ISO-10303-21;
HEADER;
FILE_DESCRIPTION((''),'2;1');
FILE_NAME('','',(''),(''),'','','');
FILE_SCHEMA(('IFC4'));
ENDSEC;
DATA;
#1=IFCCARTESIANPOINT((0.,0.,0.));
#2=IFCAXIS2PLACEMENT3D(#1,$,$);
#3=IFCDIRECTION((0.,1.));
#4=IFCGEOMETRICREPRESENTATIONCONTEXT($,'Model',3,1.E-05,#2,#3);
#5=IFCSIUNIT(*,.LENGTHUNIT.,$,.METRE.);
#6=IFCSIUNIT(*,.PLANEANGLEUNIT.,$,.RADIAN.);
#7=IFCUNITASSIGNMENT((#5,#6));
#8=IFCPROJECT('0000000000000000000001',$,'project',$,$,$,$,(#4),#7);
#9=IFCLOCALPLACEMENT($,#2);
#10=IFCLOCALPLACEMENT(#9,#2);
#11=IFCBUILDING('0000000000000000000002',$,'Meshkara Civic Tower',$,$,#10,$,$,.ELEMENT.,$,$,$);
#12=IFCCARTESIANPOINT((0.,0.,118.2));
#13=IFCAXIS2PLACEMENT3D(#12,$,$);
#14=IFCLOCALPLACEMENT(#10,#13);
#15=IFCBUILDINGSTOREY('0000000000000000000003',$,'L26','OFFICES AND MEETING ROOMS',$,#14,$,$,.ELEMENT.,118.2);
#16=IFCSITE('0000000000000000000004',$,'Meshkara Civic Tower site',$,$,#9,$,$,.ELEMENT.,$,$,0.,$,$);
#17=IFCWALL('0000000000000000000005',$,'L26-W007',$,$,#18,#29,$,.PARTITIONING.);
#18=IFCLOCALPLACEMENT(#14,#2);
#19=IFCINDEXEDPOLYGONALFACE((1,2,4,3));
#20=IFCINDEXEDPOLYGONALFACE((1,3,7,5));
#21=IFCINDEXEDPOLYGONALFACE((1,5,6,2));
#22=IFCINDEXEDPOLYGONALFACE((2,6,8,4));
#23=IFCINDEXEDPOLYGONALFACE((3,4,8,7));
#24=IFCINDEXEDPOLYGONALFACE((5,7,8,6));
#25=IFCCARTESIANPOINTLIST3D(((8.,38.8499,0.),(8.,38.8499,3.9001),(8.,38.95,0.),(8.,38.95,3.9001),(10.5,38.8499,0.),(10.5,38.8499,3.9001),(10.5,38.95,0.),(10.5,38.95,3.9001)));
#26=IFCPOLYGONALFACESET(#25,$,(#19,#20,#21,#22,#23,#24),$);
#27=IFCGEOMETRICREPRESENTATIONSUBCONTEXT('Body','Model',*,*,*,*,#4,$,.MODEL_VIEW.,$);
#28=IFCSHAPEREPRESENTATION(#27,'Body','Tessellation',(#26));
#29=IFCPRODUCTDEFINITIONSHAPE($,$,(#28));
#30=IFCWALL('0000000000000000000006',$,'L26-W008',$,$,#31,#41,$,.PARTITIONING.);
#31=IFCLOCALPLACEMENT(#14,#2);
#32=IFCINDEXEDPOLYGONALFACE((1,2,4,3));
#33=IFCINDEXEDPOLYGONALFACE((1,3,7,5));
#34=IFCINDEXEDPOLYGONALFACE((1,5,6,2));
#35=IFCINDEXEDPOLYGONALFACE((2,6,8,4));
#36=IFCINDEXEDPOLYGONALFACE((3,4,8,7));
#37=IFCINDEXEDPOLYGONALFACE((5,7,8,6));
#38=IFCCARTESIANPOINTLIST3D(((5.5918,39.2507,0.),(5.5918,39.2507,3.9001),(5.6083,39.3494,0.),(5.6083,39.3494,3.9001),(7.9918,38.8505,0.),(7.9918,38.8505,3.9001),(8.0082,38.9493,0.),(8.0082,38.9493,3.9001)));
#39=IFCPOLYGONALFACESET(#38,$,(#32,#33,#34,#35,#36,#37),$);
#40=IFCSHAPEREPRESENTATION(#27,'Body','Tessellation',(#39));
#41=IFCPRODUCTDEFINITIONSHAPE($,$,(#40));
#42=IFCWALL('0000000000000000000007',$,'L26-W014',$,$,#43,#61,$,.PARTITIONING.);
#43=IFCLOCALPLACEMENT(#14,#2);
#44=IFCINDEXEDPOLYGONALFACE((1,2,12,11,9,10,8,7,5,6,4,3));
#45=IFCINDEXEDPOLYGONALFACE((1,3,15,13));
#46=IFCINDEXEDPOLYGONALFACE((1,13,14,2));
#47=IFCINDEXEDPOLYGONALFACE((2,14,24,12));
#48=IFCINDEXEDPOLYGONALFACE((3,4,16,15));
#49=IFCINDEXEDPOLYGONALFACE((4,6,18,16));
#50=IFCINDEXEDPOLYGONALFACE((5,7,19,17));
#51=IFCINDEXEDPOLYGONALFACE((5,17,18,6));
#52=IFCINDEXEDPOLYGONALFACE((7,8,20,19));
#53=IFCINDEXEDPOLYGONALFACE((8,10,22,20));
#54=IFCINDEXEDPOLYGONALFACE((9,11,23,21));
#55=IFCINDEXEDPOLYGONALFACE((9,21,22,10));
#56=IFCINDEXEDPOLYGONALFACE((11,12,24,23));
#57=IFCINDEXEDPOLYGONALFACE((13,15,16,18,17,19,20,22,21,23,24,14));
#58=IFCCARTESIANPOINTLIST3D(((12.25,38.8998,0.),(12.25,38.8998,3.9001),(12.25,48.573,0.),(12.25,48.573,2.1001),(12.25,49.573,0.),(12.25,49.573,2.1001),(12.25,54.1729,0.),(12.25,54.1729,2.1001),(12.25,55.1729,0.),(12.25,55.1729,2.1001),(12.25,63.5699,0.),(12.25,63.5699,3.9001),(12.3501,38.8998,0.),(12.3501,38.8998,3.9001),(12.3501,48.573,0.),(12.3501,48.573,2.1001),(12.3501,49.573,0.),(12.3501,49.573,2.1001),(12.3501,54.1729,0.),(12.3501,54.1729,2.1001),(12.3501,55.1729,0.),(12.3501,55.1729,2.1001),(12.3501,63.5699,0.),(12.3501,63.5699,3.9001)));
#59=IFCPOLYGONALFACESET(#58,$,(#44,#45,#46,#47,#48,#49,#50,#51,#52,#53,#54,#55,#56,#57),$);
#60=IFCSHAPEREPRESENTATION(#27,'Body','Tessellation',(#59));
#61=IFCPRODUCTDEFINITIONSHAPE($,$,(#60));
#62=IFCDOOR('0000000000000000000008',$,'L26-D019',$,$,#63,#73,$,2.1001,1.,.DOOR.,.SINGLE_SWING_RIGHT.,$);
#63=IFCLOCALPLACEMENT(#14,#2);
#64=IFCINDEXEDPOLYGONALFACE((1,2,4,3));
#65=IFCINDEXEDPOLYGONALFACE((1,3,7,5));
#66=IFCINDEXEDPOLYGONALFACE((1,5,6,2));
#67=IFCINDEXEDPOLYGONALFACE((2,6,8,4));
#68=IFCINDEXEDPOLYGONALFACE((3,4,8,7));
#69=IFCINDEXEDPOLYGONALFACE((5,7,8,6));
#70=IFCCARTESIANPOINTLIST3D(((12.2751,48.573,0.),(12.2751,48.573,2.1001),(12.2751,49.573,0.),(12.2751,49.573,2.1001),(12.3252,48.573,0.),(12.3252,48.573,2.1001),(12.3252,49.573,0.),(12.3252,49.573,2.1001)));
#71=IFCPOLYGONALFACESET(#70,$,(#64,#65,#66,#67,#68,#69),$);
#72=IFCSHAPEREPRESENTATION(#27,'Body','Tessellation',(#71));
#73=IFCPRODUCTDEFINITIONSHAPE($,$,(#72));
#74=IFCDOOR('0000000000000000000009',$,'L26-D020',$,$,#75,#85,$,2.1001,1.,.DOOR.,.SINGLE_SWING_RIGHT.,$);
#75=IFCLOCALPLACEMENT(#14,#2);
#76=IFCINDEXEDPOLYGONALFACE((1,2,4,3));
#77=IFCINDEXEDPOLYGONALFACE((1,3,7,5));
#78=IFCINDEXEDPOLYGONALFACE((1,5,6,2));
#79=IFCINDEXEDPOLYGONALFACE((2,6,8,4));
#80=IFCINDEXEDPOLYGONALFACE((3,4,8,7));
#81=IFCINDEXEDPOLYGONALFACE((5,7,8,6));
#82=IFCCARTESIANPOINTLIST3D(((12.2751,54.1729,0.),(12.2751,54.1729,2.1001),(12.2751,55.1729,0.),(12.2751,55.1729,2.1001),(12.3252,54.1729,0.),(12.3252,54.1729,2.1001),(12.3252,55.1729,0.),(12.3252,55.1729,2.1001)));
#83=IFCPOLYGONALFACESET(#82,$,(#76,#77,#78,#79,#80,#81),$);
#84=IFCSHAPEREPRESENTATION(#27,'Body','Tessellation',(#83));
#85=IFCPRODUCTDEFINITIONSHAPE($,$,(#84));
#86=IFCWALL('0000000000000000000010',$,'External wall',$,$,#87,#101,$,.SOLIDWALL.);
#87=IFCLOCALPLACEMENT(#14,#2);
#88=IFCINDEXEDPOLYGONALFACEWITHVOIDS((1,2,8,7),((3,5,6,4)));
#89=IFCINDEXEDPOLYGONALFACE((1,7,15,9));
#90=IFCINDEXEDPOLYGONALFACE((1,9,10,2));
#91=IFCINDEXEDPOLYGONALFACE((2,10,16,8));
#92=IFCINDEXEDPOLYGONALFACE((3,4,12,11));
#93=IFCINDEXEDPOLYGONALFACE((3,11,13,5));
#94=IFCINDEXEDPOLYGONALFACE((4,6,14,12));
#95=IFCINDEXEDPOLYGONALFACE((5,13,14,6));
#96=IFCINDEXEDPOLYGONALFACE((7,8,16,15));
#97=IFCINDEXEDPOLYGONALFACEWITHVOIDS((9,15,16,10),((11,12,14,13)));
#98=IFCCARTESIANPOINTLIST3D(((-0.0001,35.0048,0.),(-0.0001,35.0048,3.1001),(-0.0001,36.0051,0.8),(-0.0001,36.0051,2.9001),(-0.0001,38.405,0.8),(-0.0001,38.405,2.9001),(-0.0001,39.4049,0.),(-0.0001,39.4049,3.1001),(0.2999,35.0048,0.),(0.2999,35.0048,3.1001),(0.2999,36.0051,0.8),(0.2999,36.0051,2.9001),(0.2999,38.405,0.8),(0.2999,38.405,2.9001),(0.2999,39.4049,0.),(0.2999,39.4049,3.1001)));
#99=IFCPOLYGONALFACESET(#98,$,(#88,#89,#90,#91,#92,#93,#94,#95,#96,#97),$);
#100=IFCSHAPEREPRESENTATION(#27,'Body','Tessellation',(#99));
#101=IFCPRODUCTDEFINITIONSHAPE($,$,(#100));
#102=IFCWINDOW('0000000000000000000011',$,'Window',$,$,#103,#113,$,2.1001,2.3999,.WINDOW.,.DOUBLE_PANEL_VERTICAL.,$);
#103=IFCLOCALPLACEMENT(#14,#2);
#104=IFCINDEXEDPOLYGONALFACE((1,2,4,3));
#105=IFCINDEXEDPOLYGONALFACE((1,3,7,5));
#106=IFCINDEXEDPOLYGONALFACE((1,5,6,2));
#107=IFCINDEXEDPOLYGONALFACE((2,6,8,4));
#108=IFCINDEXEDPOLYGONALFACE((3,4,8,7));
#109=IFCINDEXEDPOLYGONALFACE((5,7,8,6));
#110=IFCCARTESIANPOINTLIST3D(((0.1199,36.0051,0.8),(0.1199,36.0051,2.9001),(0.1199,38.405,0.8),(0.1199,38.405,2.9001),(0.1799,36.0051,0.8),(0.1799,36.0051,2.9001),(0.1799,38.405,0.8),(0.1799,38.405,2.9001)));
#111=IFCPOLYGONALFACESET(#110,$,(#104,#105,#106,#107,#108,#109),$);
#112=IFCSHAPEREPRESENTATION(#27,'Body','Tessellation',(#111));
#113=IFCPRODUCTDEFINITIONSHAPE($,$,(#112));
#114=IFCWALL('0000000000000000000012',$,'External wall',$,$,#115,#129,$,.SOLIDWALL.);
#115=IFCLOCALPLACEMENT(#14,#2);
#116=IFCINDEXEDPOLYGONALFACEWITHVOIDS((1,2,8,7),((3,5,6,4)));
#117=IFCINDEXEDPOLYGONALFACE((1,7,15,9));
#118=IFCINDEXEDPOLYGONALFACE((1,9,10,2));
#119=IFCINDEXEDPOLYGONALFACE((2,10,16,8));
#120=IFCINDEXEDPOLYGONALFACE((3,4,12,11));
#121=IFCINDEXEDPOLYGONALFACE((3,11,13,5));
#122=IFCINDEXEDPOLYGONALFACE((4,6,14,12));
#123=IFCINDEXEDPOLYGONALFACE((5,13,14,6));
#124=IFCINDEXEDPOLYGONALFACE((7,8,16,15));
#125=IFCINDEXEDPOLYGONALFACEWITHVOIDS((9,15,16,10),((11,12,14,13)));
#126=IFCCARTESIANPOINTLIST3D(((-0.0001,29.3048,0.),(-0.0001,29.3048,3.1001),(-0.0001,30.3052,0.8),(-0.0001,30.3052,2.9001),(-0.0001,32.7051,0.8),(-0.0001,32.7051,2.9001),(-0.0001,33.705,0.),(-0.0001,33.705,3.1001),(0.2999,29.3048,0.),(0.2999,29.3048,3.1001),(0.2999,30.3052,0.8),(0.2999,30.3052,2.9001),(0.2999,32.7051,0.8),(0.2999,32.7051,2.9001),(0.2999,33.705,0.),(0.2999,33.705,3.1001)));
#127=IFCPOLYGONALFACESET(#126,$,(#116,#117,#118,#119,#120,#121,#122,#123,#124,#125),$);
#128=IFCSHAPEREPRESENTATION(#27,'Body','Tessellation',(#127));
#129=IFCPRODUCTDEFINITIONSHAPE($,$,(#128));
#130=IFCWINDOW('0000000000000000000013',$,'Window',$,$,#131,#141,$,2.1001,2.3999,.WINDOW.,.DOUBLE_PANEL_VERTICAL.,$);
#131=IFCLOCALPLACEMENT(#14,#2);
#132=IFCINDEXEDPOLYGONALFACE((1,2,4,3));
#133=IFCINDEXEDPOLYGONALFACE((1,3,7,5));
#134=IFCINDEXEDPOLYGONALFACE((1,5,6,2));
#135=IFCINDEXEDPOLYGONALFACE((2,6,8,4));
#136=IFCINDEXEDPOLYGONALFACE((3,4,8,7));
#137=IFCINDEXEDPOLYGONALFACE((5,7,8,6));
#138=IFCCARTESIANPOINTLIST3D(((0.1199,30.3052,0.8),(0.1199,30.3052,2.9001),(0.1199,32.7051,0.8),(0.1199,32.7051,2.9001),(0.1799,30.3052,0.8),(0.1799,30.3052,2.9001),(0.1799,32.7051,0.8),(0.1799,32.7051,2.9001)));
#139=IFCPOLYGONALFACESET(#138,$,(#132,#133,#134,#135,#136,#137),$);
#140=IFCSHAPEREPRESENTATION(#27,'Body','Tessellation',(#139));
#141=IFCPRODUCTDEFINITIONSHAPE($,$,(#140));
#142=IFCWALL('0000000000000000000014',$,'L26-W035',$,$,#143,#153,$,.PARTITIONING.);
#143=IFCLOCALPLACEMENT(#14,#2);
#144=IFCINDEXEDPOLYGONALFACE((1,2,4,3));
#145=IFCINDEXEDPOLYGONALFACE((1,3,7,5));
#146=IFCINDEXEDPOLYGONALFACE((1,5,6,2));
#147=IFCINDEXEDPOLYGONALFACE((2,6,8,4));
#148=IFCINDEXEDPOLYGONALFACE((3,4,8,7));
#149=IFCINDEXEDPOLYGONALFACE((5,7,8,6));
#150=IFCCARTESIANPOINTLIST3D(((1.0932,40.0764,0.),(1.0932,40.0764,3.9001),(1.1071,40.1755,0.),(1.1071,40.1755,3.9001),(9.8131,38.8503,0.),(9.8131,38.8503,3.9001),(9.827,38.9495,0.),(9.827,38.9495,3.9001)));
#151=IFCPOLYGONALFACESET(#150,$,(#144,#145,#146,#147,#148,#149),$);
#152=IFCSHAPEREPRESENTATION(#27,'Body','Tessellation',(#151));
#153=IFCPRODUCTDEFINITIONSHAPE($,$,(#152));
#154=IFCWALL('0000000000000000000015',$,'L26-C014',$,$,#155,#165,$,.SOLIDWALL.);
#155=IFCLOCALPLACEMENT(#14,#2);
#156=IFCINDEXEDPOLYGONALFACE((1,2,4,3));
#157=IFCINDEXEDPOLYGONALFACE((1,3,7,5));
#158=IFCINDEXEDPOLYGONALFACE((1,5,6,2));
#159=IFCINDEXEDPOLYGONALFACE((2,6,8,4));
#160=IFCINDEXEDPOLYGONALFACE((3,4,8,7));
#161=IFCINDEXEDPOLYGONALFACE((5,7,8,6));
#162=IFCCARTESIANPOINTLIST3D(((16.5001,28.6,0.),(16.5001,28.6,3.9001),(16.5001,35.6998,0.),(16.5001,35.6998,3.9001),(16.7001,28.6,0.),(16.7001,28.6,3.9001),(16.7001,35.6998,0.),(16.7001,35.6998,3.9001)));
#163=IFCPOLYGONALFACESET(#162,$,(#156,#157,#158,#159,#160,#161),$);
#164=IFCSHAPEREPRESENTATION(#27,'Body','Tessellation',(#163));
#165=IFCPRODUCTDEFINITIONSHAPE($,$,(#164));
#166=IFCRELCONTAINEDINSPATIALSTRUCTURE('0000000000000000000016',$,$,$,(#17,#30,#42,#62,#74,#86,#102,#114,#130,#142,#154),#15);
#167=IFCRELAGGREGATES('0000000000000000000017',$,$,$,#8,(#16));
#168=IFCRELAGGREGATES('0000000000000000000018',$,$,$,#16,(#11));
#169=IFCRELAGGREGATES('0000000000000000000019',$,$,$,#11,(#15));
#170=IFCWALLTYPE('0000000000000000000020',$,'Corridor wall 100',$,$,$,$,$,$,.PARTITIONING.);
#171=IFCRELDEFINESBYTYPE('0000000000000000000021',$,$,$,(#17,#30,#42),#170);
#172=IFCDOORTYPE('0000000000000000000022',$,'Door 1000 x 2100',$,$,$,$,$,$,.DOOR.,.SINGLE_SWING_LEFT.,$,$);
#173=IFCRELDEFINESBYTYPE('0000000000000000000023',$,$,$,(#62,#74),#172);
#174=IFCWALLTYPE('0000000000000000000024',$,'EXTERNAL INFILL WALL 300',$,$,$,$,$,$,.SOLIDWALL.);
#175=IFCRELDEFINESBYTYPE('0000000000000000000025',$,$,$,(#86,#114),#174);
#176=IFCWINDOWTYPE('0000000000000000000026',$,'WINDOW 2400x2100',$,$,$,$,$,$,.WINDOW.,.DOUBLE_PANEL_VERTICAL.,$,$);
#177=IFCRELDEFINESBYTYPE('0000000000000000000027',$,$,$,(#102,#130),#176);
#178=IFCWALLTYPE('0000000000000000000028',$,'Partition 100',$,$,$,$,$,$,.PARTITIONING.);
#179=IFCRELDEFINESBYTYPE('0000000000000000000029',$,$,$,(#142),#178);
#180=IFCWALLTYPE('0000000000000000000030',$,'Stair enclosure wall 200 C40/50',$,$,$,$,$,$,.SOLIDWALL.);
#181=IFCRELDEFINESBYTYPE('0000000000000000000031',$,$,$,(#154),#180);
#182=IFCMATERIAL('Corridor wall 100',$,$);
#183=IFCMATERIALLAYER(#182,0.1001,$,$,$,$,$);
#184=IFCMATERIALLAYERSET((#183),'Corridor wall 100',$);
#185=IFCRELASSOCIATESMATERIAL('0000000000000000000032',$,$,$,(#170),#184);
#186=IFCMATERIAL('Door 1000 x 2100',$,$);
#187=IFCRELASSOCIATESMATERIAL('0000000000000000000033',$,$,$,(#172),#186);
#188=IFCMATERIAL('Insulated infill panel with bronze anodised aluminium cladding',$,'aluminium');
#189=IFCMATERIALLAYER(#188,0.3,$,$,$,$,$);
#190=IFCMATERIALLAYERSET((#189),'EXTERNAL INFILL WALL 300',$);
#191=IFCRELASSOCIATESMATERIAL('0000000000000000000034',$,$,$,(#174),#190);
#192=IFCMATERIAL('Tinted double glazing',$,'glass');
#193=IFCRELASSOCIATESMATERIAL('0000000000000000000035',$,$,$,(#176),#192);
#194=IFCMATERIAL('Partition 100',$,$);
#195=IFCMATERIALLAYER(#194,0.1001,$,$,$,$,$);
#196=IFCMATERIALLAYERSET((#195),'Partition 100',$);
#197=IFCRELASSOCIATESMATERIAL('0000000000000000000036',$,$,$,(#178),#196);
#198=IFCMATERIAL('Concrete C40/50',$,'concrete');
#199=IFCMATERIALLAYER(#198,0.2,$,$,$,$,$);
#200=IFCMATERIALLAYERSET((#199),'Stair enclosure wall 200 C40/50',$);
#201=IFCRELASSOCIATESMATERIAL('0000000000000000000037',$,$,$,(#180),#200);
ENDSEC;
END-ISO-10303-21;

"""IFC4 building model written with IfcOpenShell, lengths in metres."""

from ifc_helpers import new_model, si_unit, direction, frame, frame_2d, origin, place, context, subcontext, project, spatial, rectangle, extrude, material, layer, layer_set, type_object, element, fill, save


model = new_model("IFC4")

# Units and contexts
model_context = context("Model", 3, precision=1e-05, world=origin(), true_north=direction((0.0, 1.0)))
body_context = subcontext(model_context, "Body", "Model", "MODEL_VIEW")
ifc_project = project(units=[si_unit("LENGTHUNIT", "METRE"), si_unit("PLANEANGLEUNIT", "RADIAN")], contexts=[model_context])

# Site, building, storey
site_placement = place(None, origin())
site = spatial("IfcSite", under=ifc_project, at=site_placement, Name="Meshkara Civic Tower site", CompositionType="ELEMENT", RefElevation=0.0)
building_placement = place(site_placement, origin())
building = spatial("IfcBuilding", under=site, at=building_placement, Name="Meshkara Civic Tower", CompositionType="ELEMENT")
storey_placement = place(building_placement, frame((0.0, 0.0, 118.2)))
storey = spatial("IfcBuildingStorey", under=building, at=storey_placement, Name="L26", Description="OFFICES AND MEETING ROOMS", CompositionType="ELEMENT", Elevation=118.2)

# Shared definitions
ifc_material_1 = material(Name="Corridor wall 100")
ifc_layer_1 = layer(ifc_material_1, 0.1001)
ifc_layer_set_1 = layer_set([ifc_layer_1], Name="Corridor wall 100")
wall_type_1 = type_object("IfcWallType", Name="Corridor wall 100", PredefinedType="PARTITIONING", material=ifc_layer_set_1)
ifc_material_2 = material(Name="Door 1000 x 2100")
door_type_1 = type_object("IfcDoorType", Name="Door 1000 x 2100", OperationType="SINGLE_SWING_LEFT", PredefinedType="DOOR", material=ifc_material_2)

# Walls
wall_1_placement = place(storey_placement, frame((8.0, 38.8999, 0.0), z_axis=(0.0, 0.0, 1.0), x_axis=(1.0, 0.0, 0.0)))
element("IfcWall", 1, at=wall_1_placement, inside=storey, type_object=wall_type_1, Name="L26-W007", PredefinedType="PARTITIONING", context=body_context, shape_type="SweptSolid", body=[
    extrude(rectangle(XDim=2.5, YDim=0.1001, at=frame_2d((1.25, 0.0))), origin(), (0.0, 0.0, 1.0), 3.9001),
])
wall_2_placement = place(storey_placement, frame((8.0, 38.8999, 0.0), z_axis=(0.0, 0.0, 1.0), x_axis=(-0.986383, 0.164464, 0.0)))
element("IfcWall", 2, at=wall_2_placement, inside=storey, type_object=wall_type_1, Name="L26-W008", PredefinedType="PARTITIONING", context=body_context, shape_type="SweptSolid", body=[
    extrude(rectangle(XDim=2.4331, YDim=0.1001, at=frame_2d((1.2166, 0.0))), origin(), (0.0, 0.0, 1.0), 3.9001),
])

# Wall, openings, doors
wall_3_placement = place(storey_placement, frame((12.3, 38.8999, 0.0), z_axis=(0.0, 0.0, 1.0), x_axis=(0.0, 1.0, 0.0)))
wall_3 = element("IfcWall", 3, at=wall_3_placement, inside=storey, type_object=wall_type_1, Name="L26-W014", PredefinedType="PARTITIONING", context=body_context, shape_type="SweptSolid", body=[
    extrude(rectangle(XDim=24.6702, YDim=0.1001, at=frame_2d((12.335, 0.0))), origin(), (0.0, 0.0, 1.0), 3.9001),
])
opening_1_placement = place(wall_3_placement, frame((9.6731, 0.0, 0.0)))
opening_1 = element("IfcOpeningElement", 4, at=opening_1_placement, cuts=wall_3, PredefinedType="OPENING", context=body_context, shape_type="SweptSolid", body=[
    extrude(rectangle(XDim=1.0, YDim=2.1001, at=frame_2d((0.5, 1.05))), frame((0.0, 0.0601, 0.0), z_axis=(0.0, -1.0, 0.0), x_axis=(1.0, 0.0, 0.0)), (0.0, 0.0, 1.0), 0.1201),
])
opening_2_placement = place(wall_3_placement, frame((15.2729, 0.0, 0.0)))
opening_2 = element("IfcOpeningElement", 5, at=opening_2_placement, cuts=wall_3, PredefinedType="OPENING", context=body_context, shape_type="SweptSolid", body=[
    extrude(rectangle(XDim=1.0, YDim=2.1001, at=frame_2d((0.5, 1.05))), frame((0.0, 0.0601, 0.0), z_axis=(0.0, -1.0, 0.0), x_axis=(1.0, 0.0, 0.0)), (0.0, 0.0, 1.0), 0.1201),
])
door_1_placement = place(opening_1_placement, origin())
door_1 = element("IfcDoor", 6, at=door_1_placement, inside=storey, type_object=door_type_1, Name="L26-D019", OperationType="SINGLE_SWING_RIGHT", OverallHeight=2.1001, OverallWidth=1.0, PredefinedType="DOOR", context=body_context, shape_type="SweptSolid", body=[
    extrude(rectangle(XDim=1.0, YDim=2.1001, at=frame_2d((0.5, 1.05))), frame((0.0, 0.0249, 0.0), z_axis=(0.0, -1.0, 0.0), x_axis=(1.0, 0.0, 0.0)), (0.0, 0.0, 1.0), 0.05),
])
fill(opening_1, door_1)
door_2_placement = place(opening_2_placement, origin())
door_2 = element("IfcDoor", 7, at=door_2_placement, inside=storey, type_object=door_type_1, Name="L26-D020", OperationType="SINGLE_SWING_RIGHT", OverallHeight=2.1001, OverallWidth=1.0, PredefinedType="DOOR", context=body_context, shape_type="SweptSolid", body=[
    extrude(rectangle(XDim=1.0, YDim=2.1001, at=frame_2d((0.5, 1.05))), frame((0.0, 0.0249, 0.0), z_axis=(0.0, -1.0, 0.0), x_axis=(1.0, 0.0, 0.0)), (0.0, 0.0, 1.0), 0.05),
])
fill(opening_2, door_2)

# Walls, openings, windows
ifc_material_3 = material(Name="Insulated infill panel with bronze anodised aluminium cladding", Category="aluminium")
ifc_layer_2 = layer(ifc_material_3, 0.3)
ifc_layer_set_2 = layer_set([ifc_layer_2], Name="EXTERNAL INFILL WALL 300")
wall_type_2 = type_object("IfcWallType", Name="EXTERNAL INFILL WALL 300", PredefinedType="SOLIDWALL", material=ifc_layer_set_2)
wall_4_placement = place(storey_placement, frame((0.1499, 39.405, 0.0), z_axis=(0.0, 0.0, 1.0), x_axis=(0.0, -1.0, 0.0)))
wall_4 = element("IfcWall", 8, at=wall_4_placement, inside=storey, type_object=wall_type_2, Name="External wall", PredefinedType="SOLIDWALL", context=body_context, shape_type="SweptSolid", body=[
    extrude(rectangle(XDim=4.4001, YDim=0.3, at=frame_2d((2.2002, 0.0))), origin(), (0.0, 0.0, 1.0), 3.1001),
])
opening_3_placement = place(wall_4_placement, frame((1.0, 0.0, 0.8)))
opening_3 = element("IfcOpeningElement", 9, at=opening_3_placement, cuts=wall_4, PredefinedType="OPENING", context=body_context, shape_type="SweptSolid", body=[
    extrude(rectangle(XDim=2.3999, YDim=2.1001, at=frame_2d((1.2, 1.05))), frame((0.0, 0.1599, 0.0), z_axis=(0.0, -1.0, 0.0), x_axis=(1.0, 0.0, 0.0)), (0.0, 0.0, 1.0), 0.3201),
])
ifc_material_4 = material(Name="Tinted double glazing", Category="glass")
window_type = type_object("IfcWindowType", Name="WINDOW 2400x2100", PartitioningType="DOUBLE_PANEL_VERTICAL", PredefinedType="WINDOW", material=ifc_material_4)
window_1_placement = place(opening_3_placement, origin())
window_1 = element("IfcWindow", 10, at=window_1_placement, inside=storey, type_object=window_type, Name="Window", OverallHeight=2.1001, OverallWidth=2.3999, PartitioningType="DOUBLE_PANEL_VERTICAL", PredefinedType="WINDOW", context=body_context, shape_type="SweptSolid", body=[
    extrude(rectangle(XDim=2.3999, YDim=2.1001, at=frame_2d((1.2, 1.05))), frame((0.0, 0.03, 0.0), z_axis=(0.0, -1.0, 0.0), x_axis=(1.0, 0.0, 0.0)), (0.0, 0.0, 1.0), 0.0601),
])
fill(opening_3, window_1)
wall_5_placement = place(storey_placement, frame((0.1499, 33.7051, 0.0), z_axis=(0.0, 0.0, 1.0), x_axis=(0.0, -1.0, 0.0)))
wall_5 = element("IfcWall", 11, at=wall_5_placement, inside=storey, type_object=wall_type_2, Name="External wall", PredefinedType="SOLIDWALL", context=body_context, shape_type="SweptSolid", body=[
    extrude(rectangle(XDim=4.4001, YDim=0.3, at=frame_2d((2.2002, 0.0))), origin(), (0.0, 0.0, 1.0), 3.1001),
])
opening_4_placement = place(wall_5_placement, frame((1.0, 0.0, 0.8)))
opening_4 = element("IfcOpeningElement", 12, at=opening_4_placement, cuts=wall_5, PredefinedType="OPENING", context=body_context, shape_type="SweptSolid", body=[
    extrude(rectangle(XDim=2.3999, YDim=2.1001, at=frame_2d((1.2, 1.05))), frame((0.0, 0.1599, 0.0), z_axis=(0.0, -1.0, 0.0), x_axis=(1.0, 0.0, 0.0)), (0.0, 0.0, 1.0), 0.3201),
])
window_2_placement = place(opening_4_placement, origin())
window_2 = element("IfcWindow", 13, at=window_2_placement, inside=storey, type_object=window_type, Name="Window", OverallHeight=2.1001, OverallWidth=2.3999, PartitioningType="DOUBLE_PANEL_VERTICAL", PredefinedType="WINDOW", context=body_context, shape_type="SweptSolid", body=[
    extrude(rectangle(XDim=2.3999, YDim=2.1001, at=frame_2d((1.2, 1.05))), frame((0.0, 0.03, 0.0), z_axis=(0.0, -1.0, 0.0), x_axis=(1.0, 0.0, 0.0)), (0.0, 0.0, 1.0), 0.0601),
])
fill(opening_4, window_2)

# Walls
ifc_material_5 = material(Name="Partition 100")
ifc_layer_3 = layer(ifc_material_5, 0.1001)
ifc_layer_set_3 = layer_set([ifc_layer_3], Name="Partition 100")
wall_type_3 = type_object("IfcWallType", Name="Partition 100", PredefinedType="PARTITIONING", material=ifc_layer_set_3)
wall_6_placement = place(storey_placement, frame((9.8201, 38.8999, 0.0), z_axis=(0.0, 0.0, 1.0), x_axis=(-0.990259, 0.139236, 0.0)))
element("IfcWall", 14, at=wall_6_placement, inside=storey, type_object=wall_type_3, Name="L26-W035", PredefinedType="PARTITIONING", context=body_context, shape_type="SweptSolid", body=[
    extrude(rectangle(XDim=8.8057, YDim=0.1001, at=frame_2d((4.4028, 0.0))), origin(), (0.0, 0.0, 1.0), 3.9001),
])
ifc_material_6 = material(Name="Concrete C40/50", Category="concrete")
ifc_layer_4 = layer(ifc_material_6, 0.2)
ifc_layer_set_4 = layer_set([ifc_layer_4], Name="Stair enclosure wall 200 C40/50")
wall_type_4 = type_object("IfcWallType", Name="Stair enclosure wall 200 C40/50", PredefinedType="SOLIDWALL", material=ifc_layer_set_4)
wall_7_placement = place(storey_placement, frame((16.6001, 28.6001, 0.0), z_axis=(0.0, 0.0, 1.0), x_axis=(0.0, 1.0, 0.0)))
element("IfcWall", 15, at=wall_7_placement, inside=storey, type_object=wall_type_4, Name="L26-C014", PredefinedType="SOLIDWALL", context=body_context, shape_type="SweptSolid", body=[
    extrude(rectangle(XDim=7.0999, YDim=0.2, at=frame_2d((3.5498, 0.0))), origin(), (0.0, 0.0, 1.0), 3.9001),
])

save(model, "model.ifc")
